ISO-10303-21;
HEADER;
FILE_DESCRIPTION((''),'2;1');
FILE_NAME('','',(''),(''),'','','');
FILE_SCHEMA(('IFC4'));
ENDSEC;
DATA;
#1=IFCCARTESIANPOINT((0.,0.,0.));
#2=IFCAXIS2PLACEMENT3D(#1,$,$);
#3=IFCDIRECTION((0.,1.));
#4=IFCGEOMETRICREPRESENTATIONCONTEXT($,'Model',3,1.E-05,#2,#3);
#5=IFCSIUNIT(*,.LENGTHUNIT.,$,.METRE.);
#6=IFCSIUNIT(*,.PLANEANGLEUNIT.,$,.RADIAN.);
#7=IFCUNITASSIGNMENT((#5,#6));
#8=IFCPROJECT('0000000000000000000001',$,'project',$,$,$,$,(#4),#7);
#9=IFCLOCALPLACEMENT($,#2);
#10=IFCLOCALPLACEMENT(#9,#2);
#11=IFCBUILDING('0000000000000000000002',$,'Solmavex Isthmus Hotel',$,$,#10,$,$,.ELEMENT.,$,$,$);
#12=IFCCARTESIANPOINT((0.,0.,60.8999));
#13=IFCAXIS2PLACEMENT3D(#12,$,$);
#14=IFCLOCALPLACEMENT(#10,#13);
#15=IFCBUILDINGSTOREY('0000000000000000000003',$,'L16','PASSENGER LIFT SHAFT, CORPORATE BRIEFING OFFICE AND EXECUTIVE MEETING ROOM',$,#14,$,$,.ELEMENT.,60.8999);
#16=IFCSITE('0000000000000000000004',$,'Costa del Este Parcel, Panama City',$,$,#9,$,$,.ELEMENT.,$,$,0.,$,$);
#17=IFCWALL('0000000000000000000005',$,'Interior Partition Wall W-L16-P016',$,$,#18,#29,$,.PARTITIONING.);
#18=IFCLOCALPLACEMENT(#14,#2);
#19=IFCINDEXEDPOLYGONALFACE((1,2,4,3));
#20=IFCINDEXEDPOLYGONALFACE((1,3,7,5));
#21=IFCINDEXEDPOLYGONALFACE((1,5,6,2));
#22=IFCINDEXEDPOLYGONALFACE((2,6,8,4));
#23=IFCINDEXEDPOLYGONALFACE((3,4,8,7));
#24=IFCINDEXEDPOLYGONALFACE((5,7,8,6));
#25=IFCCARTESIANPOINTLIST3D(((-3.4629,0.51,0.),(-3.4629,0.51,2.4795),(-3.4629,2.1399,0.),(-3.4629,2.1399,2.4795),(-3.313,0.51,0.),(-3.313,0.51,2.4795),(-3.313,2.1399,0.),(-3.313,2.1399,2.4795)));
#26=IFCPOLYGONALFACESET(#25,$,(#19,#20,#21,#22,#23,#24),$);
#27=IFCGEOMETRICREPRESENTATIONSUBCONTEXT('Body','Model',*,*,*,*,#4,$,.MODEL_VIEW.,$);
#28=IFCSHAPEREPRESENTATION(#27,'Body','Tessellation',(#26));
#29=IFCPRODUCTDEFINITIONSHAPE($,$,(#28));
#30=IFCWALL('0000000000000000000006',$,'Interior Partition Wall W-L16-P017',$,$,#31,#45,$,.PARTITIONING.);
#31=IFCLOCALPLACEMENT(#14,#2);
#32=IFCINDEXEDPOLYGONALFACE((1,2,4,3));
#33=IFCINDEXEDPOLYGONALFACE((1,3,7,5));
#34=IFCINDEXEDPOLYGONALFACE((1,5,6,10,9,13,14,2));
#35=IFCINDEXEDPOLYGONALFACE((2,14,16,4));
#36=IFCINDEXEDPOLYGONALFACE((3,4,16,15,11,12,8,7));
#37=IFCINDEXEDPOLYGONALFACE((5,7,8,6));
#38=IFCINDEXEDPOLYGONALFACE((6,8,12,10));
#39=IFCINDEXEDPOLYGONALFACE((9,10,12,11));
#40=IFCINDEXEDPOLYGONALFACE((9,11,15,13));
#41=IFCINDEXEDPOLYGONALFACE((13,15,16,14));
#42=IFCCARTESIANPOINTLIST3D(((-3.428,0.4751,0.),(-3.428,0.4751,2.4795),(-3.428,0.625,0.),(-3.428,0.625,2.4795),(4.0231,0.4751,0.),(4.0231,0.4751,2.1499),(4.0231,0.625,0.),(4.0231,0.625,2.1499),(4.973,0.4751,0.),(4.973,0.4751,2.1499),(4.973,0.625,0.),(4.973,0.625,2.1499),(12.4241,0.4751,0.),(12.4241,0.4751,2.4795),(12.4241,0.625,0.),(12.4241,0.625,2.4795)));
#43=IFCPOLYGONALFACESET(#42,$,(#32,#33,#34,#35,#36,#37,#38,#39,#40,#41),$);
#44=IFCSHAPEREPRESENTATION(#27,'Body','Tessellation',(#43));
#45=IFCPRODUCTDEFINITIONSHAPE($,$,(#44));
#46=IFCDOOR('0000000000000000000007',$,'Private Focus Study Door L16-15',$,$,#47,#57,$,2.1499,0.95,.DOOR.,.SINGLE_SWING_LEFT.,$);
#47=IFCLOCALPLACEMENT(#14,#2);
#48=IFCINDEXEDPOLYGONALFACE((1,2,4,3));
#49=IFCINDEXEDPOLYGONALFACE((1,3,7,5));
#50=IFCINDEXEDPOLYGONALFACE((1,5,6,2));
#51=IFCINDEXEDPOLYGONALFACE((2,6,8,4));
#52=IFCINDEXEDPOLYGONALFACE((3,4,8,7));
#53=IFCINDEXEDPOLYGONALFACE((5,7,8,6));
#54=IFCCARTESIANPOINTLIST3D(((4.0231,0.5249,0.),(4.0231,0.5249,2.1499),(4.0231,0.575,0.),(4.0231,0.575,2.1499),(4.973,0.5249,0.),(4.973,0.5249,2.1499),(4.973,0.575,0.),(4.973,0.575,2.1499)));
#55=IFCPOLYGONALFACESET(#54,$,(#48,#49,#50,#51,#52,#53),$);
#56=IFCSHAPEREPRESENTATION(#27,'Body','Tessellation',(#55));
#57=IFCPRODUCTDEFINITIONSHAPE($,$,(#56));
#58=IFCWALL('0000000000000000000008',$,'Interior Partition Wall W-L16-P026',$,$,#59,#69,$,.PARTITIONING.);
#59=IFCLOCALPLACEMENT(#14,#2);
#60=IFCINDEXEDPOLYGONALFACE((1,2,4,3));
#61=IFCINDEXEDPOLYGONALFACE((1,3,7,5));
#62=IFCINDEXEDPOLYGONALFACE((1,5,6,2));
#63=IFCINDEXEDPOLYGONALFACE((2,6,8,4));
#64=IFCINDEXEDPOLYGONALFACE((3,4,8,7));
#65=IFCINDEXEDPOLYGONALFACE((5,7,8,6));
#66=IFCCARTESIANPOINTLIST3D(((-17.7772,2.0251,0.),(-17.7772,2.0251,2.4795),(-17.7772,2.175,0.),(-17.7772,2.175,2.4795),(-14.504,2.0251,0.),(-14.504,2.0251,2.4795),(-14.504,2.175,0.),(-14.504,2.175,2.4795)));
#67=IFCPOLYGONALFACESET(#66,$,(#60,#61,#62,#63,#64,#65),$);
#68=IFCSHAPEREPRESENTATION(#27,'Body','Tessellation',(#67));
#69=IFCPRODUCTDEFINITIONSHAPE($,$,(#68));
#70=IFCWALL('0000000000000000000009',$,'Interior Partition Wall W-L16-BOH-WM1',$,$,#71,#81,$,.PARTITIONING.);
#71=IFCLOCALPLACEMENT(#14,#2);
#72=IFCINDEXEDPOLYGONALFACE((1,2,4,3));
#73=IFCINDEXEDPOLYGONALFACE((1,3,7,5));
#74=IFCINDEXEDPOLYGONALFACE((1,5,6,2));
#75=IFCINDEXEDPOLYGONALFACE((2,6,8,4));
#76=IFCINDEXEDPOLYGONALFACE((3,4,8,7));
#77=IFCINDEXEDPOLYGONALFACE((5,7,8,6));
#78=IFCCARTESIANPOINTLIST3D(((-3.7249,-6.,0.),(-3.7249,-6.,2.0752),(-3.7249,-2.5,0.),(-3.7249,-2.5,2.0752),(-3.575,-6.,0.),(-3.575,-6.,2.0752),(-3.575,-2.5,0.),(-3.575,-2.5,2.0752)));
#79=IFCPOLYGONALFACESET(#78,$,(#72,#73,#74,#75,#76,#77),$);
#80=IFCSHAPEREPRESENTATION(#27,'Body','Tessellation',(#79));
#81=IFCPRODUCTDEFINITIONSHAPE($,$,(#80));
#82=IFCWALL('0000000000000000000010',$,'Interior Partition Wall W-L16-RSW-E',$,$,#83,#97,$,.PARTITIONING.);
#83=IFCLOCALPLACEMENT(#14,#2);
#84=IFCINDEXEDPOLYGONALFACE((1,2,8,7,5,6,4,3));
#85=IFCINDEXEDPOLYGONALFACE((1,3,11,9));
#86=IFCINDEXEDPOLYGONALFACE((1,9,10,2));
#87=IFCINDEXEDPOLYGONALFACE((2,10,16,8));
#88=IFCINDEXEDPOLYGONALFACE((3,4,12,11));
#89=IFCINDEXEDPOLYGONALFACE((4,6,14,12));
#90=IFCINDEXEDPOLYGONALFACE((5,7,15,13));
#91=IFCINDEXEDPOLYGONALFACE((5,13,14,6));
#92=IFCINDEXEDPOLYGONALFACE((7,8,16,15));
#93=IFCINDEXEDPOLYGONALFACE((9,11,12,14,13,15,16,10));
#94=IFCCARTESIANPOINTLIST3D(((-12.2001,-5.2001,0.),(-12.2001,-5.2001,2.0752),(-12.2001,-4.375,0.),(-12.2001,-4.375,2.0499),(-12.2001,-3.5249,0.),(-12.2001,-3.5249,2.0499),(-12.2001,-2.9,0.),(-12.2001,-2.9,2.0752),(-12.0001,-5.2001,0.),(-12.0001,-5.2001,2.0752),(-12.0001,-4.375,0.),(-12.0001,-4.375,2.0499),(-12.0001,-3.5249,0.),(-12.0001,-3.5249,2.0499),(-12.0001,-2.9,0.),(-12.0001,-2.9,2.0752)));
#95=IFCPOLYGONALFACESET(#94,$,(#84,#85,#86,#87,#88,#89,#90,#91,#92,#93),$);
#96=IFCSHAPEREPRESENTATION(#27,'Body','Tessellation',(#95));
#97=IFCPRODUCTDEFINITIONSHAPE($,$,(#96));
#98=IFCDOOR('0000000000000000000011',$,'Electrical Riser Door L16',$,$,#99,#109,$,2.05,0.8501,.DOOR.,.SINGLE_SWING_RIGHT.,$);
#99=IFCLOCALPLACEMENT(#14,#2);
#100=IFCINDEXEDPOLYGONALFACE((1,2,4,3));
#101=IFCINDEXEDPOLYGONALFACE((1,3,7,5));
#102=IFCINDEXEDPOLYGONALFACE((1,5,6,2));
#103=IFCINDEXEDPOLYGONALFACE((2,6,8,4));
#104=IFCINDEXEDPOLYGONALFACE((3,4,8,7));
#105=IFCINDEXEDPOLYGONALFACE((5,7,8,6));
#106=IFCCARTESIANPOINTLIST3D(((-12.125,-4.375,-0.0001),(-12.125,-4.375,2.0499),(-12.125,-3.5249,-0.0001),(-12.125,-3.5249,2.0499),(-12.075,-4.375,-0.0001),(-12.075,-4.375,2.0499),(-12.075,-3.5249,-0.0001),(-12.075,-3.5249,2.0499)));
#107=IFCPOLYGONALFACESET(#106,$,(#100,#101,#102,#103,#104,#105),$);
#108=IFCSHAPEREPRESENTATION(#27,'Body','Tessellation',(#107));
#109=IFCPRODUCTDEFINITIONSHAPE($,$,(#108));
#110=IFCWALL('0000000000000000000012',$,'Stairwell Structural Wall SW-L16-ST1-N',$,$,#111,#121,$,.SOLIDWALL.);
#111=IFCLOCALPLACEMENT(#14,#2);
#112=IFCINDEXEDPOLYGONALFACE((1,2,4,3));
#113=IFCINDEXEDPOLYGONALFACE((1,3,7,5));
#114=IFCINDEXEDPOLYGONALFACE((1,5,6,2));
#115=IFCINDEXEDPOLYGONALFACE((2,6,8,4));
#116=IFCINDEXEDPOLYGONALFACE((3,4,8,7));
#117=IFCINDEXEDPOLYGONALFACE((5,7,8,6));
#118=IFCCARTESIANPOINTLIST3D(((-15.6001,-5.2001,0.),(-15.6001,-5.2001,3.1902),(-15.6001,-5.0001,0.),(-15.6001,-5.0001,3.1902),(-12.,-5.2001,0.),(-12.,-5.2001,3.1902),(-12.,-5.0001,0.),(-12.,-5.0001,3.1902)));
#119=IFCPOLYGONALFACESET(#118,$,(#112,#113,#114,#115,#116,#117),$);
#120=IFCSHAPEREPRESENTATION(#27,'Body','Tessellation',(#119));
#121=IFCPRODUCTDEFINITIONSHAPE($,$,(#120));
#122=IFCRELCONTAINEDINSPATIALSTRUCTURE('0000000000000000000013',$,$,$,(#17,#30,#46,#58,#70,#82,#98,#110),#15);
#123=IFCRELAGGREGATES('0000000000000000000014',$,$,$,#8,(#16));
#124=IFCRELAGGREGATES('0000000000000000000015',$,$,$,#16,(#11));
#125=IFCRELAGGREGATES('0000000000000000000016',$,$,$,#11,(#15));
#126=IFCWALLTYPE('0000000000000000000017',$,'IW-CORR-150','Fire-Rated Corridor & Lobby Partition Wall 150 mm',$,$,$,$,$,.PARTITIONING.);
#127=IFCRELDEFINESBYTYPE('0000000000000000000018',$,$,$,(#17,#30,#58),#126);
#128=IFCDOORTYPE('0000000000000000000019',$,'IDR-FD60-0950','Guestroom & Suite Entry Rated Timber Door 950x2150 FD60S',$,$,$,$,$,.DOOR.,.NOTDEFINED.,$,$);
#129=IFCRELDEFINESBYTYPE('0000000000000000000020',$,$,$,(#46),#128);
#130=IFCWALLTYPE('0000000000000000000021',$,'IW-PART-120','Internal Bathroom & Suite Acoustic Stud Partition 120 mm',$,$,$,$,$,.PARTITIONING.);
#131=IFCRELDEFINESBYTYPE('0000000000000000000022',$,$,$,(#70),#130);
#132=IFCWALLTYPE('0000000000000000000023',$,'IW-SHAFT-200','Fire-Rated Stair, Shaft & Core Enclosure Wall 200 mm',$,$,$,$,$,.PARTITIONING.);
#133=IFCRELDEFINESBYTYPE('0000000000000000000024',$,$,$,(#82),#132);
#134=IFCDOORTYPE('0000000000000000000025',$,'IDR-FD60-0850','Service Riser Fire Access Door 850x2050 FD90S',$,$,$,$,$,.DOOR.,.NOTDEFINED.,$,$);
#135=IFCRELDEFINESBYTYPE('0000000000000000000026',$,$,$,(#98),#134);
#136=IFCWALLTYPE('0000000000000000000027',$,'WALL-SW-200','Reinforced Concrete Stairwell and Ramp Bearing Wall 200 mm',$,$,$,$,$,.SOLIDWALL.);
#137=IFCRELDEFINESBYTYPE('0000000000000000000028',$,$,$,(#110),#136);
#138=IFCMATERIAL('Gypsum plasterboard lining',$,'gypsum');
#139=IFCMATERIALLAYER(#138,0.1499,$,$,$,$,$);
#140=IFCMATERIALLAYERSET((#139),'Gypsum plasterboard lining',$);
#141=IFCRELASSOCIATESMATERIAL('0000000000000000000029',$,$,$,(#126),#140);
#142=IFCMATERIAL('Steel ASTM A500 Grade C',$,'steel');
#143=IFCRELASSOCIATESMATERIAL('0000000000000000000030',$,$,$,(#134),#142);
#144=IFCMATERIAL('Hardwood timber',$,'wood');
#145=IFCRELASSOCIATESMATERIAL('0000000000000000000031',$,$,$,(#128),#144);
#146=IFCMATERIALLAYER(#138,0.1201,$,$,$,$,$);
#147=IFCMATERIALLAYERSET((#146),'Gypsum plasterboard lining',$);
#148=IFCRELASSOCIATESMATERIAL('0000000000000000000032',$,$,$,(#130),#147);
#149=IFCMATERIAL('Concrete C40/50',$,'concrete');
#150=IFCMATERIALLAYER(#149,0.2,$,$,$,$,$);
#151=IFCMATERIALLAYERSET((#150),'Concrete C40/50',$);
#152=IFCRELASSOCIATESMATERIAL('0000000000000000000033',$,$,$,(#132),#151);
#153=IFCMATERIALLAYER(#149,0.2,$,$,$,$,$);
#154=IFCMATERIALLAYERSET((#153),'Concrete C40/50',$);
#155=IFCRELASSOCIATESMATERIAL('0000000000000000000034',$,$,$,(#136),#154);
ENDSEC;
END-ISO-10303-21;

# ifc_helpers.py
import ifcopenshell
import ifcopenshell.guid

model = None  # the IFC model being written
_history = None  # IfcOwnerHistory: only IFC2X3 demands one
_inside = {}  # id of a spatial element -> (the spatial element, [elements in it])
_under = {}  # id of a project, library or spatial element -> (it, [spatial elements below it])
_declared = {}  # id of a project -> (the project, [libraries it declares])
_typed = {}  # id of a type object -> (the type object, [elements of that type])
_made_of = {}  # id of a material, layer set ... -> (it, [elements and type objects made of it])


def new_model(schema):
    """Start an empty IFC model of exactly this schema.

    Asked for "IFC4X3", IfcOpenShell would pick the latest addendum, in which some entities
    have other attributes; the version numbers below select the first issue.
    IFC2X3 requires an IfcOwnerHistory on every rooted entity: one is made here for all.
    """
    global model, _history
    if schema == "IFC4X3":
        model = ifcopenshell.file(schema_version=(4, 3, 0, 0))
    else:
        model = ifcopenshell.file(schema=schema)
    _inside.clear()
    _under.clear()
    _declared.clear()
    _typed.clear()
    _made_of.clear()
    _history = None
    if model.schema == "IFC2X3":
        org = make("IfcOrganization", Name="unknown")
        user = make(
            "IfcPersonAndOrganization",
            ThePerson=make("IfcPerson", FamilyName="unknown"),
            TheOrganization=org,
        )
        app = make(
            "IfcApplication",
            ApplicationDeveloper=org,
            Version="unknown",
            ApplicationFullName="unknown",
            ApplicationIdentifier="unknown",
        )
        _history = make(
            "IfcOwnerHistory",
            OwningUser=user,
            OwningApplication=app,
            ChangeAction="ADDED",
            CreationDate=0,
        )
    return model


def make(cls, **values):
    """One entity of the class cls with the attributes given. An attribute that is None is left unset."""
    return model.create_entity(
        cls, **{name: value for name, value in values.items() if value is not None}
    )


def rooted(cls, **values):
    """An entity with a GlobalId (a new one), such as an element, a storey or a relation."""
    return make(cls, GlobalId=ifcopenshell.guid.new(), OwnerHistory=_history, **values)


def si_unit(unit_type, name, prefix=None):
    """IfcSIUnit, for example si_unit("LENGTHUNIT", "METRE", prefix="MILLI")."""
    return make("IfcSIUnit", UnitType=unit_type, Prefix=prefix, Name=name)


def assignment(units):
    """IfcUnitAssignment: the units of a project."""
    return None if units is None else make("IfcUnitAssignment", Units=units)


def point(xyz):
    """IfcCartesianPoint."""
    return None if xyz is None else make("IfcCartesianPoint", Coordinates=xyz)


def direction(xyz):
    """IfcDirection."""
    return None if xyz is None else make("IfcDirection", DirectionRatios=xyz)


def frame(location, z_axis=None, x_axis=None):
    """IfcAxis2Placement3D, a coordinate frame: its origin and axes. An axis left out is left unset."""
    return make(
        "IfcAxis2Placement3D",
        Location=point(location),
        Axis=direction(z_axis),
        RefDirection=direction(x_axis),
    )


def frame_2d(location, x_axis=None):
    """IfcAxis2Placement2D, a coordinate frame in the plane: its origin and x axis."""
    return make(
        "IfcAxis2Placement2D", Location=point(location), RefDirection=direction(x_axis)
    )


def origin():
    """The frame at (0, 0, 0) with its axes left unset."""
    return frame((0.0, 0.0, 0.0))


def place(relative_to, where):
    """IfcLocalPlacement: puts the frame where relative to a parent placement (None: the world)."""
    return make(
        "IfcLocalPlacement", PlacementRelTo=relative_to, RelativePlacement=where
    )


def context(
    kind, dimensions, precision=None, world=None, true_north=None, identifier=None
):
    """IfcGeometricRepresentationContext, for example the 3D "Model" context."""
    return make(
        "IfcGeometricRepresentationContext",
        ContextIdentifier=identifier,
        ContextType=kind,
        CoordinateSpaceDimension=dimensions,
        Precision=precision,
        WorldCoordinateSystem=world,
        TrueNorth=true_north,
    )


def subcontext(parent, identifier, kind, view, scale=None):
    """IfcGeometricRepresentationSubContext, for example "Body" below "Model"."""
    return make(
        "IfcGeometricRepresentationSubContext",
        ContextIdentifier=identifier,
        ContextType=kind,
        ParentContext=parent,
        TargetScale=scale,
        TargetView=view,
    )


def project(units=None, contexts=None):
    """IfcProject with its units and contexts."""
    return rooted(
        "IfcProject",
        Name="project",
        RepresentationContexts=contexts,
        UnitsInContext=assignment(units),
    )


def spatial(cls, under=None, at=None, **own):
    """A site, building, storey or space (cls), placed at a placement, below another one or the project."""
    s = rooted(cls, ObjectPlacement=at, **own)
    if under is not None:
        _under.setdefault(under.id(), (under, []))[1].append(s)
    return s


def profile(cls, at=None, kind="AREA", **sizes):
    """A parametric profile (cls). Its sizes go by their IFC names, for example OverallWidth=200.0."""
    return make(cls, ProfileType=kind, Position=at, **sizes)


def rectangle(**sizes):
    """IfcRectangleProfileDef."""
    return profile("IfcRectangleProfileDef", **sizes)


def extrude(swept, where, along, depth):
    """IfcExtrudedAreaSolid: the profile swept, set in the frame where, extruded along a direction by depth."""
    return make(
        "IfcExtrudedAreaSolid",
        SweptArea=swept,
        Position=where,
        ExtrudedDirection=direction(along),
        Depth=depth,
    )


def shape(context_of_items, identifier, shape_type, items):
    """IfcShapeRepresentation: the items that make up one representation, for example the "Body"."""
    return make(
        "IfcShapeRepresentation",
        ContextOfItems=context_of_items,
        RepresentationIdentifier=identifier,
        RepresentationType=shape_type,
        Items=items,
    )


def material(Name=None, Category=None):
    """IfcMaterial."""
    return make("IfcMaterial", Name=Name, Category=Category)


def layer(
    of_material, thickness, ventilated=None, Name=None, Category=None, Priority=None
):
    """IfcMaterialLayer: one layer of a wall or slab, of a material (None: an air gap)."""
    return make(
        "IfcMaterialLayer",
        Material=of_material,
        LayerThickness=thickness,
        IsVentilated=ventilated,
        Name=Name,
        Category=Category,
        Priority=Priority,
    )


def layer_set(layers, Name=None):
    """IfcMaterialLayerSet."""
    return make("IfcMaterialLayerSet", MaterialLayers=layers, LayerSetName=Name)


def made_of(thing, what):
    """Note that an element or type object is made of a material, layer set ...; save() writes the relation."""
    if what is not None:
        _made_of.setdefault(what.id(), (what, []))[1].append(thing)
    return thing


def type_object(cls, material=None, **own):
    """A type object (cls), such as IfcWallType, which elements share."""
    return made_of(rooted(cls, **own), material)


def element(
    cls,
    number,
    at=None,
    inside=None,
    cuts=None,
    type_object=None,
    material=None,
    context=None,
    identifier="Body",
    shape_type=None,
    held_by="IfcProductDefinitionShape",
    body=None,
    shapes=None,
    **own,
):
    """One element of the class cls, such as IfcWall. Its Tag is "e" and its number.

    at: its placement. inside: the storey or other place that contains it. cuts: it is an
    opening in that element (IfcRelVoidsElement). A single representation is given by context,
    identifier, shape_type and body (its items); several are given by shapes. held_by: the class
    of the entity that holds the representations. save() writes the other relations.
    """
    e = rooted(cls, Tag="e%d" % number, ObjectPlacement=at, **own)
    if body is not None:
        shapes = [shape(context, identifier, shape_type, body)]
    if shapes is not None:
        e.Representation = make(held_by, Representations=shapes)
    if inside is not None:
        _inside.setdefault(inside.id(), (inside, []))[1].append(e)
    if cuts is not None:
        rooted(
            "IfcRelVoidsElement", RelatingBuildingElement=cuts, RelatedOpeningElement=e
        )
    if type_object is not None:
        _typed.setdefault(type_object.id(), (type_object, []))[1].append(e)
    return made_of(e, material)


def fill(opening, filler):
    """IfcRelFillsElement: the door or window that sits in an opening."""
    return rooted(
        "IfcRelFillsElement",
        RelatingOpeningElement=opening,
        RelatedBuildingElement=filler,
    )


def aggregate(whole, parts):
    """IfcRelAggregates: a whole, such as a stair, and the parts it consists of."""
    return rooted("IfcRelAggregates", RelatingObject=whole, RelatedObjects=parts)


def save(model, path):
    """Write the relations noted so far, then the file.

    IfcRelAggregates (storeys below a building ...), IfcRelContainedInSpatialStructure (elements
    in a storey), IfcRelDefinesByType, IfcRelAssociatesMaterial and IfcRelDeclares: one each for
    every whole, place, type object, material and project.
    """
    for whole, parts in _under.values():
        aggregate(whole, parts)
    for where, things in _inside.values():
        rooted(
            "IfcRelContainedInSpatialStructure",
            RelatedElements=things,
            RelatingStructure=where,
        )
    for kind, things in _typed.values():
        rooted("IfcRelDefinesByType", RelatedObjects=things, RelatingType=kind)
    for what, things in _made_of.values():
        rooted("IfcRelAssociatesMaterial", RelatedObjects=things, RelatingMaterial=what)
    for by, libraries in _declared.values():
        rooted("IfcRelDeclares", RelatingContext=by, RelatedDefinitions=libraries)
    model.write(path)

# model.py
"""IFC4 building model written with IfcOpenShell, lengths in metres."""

from ifc_helpers import new_model, si_unit, direction, frame, frame_2d, origin, place, context, subcontext, project, spatial, rectangle, extrude, material, layer, layer_set, type_object, element, fill, save


model = new_model("IFC4")

# Units and contexts
model_context = context("Model", 3, precision=1e-05, world=origin(), true_north=direction((0.0, 1.0)))
body_context = subcontext(model_context, "Body", "Model", "MODEL_VIEW")
ifc_project = project(units=[si_unit("LENGTHUNIT", "METRE"), si_unit("PLANEANGLEUNIT", "RADIAN")], contexts=[model_context])

# Site, building, storey
site_placement = place(None, origin())
site = spatial("IfcSite", under=ifc_project, at=site_placement, Name="Costa del Este Parcel, Panama City", CompositionType="ELEMENT", RefElevation=0.0)
building_placement = place(site_placement, origin())
building = spatial("IfcBuilding", under=site, at=building_placement, Name="Solmavex Isthmus Hotel", CompositionType="ELEMENT")
storey_placement = place(building_placement, frame((0.0, 0.0, 60.8999)))
storey = spatial("IfcBuildingStorey", under=building, at=storey_placement, Name="L16", Description="PASSENGER LIFT SHAFT, CORPORATE BRIEFING OFFICE AND EXECUTIVE MEETING ROOM", CompositionType="ELEMENT", Elevation=60.8999)

# Shared definitions
ifc_material_1 = material(Name="Gypsum plasterboard lining", Category="gypsum")
ifc_layer_1 = layer(ifc_material_1, 0.1499)
ifc_layer_set_1 = layer_set([ifc_layer_1], Name="Gypsum plasterboard lining")
wall_type_1 = type_object("IfcWallType", Name="IW-CORR-150", Description="Fire-Rated Corridor & Lobby Partition Wall 150 mm", PredefinedType="PARTITIONING", material=ifc_layer_set_1)

# Shared definitions
ifc_material_2 = material(Name="Steel ASTM A500 Grade C", Category="steel")
door_type_1 = type_object("IfcDoorType", Name="IDR-FD60-0850", Description="Service Riser Fire Access Door 850x2050 FD90S", OperationType="NOTDEFINED", PredefinedType="DOOR", material=ifc_material_2)

# Wall
wall_1_placement = place(storey_placement, frame((-3.3879, 2.1399, 0.0), z_axis=(0.0, 0.0, 1.0), x_axis=(0.0, -1.0, 0.0)))
element("IfcWall", 1, at=wall_1_placement, inside=storey, type_object=wall_type_1, Name="Interior Partition Wall W-L16-P016", PredefinedType="PARTITIONING", context=body_context, shape_type="SweptSolid", body=[
    extrude(rectangle(XDim=1.6299, YDim=0.1499, at=frame_2d((0.8149, 0.0))), origin(), (0.0, 0.0, 1.0), 2.4795),
])

# Wall, opening, door
wall_2_placement = place(storey_placement, frame((-3.428, 0.55, 0.0), z_axis=(0.0, 0.0, 1.0), x_axis=(1.0, 0.0, 0.0)))
wall_2 = element("IfcWall", 2, at=wall_2_placement, inside=storey, type_object=wall_type_1, Name="Interior Partition Wall W-L16-P017", PredefinedType="PARTITIONING", context=body_context, shape_type="SweptSolid", body=[
    extrude(rectangle(XDim=15.8521, YDim=0.1499, at=frame_2d((7.926, 0.0))), origin(), (0.0, 0.0, 1.0), 2.4795),
])
opening_1_placement = place(wall_2_placement, frame((7.4509, 0.0, 0.0)))
opening_1 = element("IfcOpeningElement", 3, at=opening_1_placement, cuts=wall_2, PredefinedType="OPENING", context=body_context, shape_type="SweptSolid", body=[
    extrude(rectangle(XDim=0.95, YDim=2.1499, at=frame_2d((0.4751, 1.075))), frame((0.0, 0.085, 0.0), z_axis=(0.0, -1.0, 0.0), x_axis=(1.0, 0.0, 0.0)), (0.0, 0.0, 1.0), 0.1699),
])
ifc_material_3 = material(Name="Hardwood timber", Category="wood")
door_type_2 = type_object("IfcDoorType", Name="IDR-FD60-0950", Description="Guestroom & Suite Entry Rated Timber Door 950x2150 FD60S", OperationType="NOTDEFINED", PredefinedType="DOOR", material=ifc_material_3)
door_1_placement = place(opening_1_placement, origin())
door_1 = element("IfcDoor", 4, at=door_1_placement, inside=storey, type_object=door_type_2, Name="Private Focus Study Door L16-15", OperationType="SINGLE_SWING_LEFT", OverallHeight=2.1499, OverallWidth=0.95, PredefinedType="DOOR", context=body_context, shape_type="SweptSolid", body=[
    extrude(rectangle(XDim=0.95, YDim=2.1499, at=frame_2d((0.4751, 1.075))), frame((0.0, 0.0249, 0.0), z_axis=(0.0, -1.0, 0.0), x_axis=(1.0, 0.0, 0.0)), (0.0, 0.0, 1.0), 0.05),
])
fill(opening_1, door_1)

# Walls
wall_3_placement = place(storey_placement, frame((-14.5039, 2.1001, 0.0), z_axis=(0.0, 0.0, 1.0), x_axis=(-1.0, 0.0, 0.0)))
element("IfcWall", 5, at=wall_3_placement, inside=storey, type_object=wall_type_1, Name="Interior Partition Wall W-L16-P026", PredefinedType="PARTITIONING", context=body_context, shape_type="SweptSolid", body=[
    extrude(rectangle(XDim=3.2732, YDim=0.1499, at=frame_2d((1.6367, 0.0))), origin(), (0.0, 0.0, 1.0), 2.4795),
])
ifc_layer_2 = layer(ifc_material_1, 0.1201)
ifc_layer_set_2 = layer_set([ifc_layer_2], Name="Gypsum plasterboard lining")
wall_type_2 = type_object("IfcWallType", Name="IW-PART-120", Description="Internal Bathroom & Suite Acoustic Stud Partition 120 mm", PredefinedType="PARTITIONING", material=ifc_layer_set_2)
wall_4_placement = place(storey_placement, frame((-3.6499, -6.0, 0.0), z_axis=(0.0, 0.0, 1.0), x_axis=(0.0, 1.0, 0.0)))
element("IfcWall", 6, at=wall_4_placement, inside=storey, type_object=wall_type_2, Name="Interior Partition Wall W-L16-BOH-WM1", PredefinedType="PARTITIONING", context=body_context, shape_type="SweptSolid", body=[
    extrude(rectangle(XDim=3.5, YDim=0.1499, at=frame_2d((1.75, 0.0))), origin(), (0.0, 0.0, 1.0), 2.0752),
])

# Wall, opening, door
ifc_material_4 = material(Name="Concrete C40/50", Category="concrete")
ifc_layer_3 = layer(ifc_material_4, 0.2)
ifc_layer_set_3 = layer_set([ifc_layer_3], Name="Concrete C40/50")
wall_type_3 = type_object("IfcWallType", Name="IW-SHAFT-200", Description="Fire-Rated Stair, Shaft & Core Enclosure Wall 200 mm", PredefinedType="PARTITIONING", material=ifc_layer_set_3)
wall_5_placement = place(storey_placement, frame((-12.1001, -5.2, 0.0), z_axis=(0.0, 0.0, 1.0), x_axis=(0.0, 1.0, 0.0)))
wall_5 = element("IfcWall", 7, at=wall_5_placement, inside=storey, type_object=wall_type_3, Name="Interior Partition Wall W-L16-RSW-E", PredefinedType="PARTITIONING", context=body_context, shape_type="SweptSolid", body=[
    extrude(rectangle(XDim=2.3, YDim=0.2, at=frame_2d((1.1499, 0.0))), origin(), (0.0, 0.0, 1.0), 2.0752),
])
opening_2_placement = place(wall_5_placement, frame((0.825, 0.0, 0.0)))
opening_2 = element("IfcOpeningElement", 8, at=opening_2_placement, cuts=wall_5, PredefinedType="OPENING", context=body_context, shape_type="SweptSolid", body=[
    extrude(rectangle(XDim=0.8501, YDim=2.05, at=frame_2d((0.425, 1.0249))), frame((0.0, 0.1099, 0.0), z_axis=(0.0, -1.0, 0.0), x_axis=(1.0, 0.0, 0.0)), (0.0, 0.0, 1.0), 0.22),
])
door_2_placement = place(opening_2_placement, origin())
door_2 = element("IfcDoor", 9, at=door_2_placement, inside=storey, type_object=door_type_1, Name="Electrical Riser Door L16", OperationType="SINGLE_SWING_RIGHT", OverallHeight=2.05, OverallWidth=0.8501, PredefinedType="DOOR", context=body_context, shape_type="SweptSolid", body=[
    extrude(rectangle(XDim=0.8501, YDim=2.05, at=frame_2d((0.425, 1.0249))), frame((0.0, 0.0249, 0.0), z_axis=(0.0, -1.0, 0.0), x_axis=(1.0, 0.0, 0.0)), (0.0, 0.0, 1.0), 0.05),
])
fill(opening_2, door_2)

# Wall
ifc_layer_4 = layer(ifc_material_4, 0.2)
ifc_layer_set_4 = layer_set([ifc_layer_4], Name="Concrete C40/50")
wall_type_4 = type_object("IfcWallType", Name="WALL-SW-200", Description="Reinforced Concrete Stairwell and Ramp Bearing Wall 200 mm", PredefinedType="SOLIDWALL", material=ifc_layer_set_4)
wall_6_placement = place(storey_placement, frame((-15.6001, -5.1001, 0.0), z_axis=(0.0, 0.0, 1.0), x_axis=(1.0, 0.0, 0.0)))
element("IfcWall", 10, at=wall_6_placement, inside=storey, type_object=wall_type_4, Name="Stairwell Structural Wall SW-L16-ST1-N", PredefinedType="SOLIDWALL", context=body_context, shape_type="SweptSolid", body=[
    extrude(rectangle(XDim=3.6001, YDim=0.2, at=frame_2d((1.8, 0.0))), origin(), (0.0, 0.0, 1.0), 3.1902),
])

save(model, "model.ifc")
